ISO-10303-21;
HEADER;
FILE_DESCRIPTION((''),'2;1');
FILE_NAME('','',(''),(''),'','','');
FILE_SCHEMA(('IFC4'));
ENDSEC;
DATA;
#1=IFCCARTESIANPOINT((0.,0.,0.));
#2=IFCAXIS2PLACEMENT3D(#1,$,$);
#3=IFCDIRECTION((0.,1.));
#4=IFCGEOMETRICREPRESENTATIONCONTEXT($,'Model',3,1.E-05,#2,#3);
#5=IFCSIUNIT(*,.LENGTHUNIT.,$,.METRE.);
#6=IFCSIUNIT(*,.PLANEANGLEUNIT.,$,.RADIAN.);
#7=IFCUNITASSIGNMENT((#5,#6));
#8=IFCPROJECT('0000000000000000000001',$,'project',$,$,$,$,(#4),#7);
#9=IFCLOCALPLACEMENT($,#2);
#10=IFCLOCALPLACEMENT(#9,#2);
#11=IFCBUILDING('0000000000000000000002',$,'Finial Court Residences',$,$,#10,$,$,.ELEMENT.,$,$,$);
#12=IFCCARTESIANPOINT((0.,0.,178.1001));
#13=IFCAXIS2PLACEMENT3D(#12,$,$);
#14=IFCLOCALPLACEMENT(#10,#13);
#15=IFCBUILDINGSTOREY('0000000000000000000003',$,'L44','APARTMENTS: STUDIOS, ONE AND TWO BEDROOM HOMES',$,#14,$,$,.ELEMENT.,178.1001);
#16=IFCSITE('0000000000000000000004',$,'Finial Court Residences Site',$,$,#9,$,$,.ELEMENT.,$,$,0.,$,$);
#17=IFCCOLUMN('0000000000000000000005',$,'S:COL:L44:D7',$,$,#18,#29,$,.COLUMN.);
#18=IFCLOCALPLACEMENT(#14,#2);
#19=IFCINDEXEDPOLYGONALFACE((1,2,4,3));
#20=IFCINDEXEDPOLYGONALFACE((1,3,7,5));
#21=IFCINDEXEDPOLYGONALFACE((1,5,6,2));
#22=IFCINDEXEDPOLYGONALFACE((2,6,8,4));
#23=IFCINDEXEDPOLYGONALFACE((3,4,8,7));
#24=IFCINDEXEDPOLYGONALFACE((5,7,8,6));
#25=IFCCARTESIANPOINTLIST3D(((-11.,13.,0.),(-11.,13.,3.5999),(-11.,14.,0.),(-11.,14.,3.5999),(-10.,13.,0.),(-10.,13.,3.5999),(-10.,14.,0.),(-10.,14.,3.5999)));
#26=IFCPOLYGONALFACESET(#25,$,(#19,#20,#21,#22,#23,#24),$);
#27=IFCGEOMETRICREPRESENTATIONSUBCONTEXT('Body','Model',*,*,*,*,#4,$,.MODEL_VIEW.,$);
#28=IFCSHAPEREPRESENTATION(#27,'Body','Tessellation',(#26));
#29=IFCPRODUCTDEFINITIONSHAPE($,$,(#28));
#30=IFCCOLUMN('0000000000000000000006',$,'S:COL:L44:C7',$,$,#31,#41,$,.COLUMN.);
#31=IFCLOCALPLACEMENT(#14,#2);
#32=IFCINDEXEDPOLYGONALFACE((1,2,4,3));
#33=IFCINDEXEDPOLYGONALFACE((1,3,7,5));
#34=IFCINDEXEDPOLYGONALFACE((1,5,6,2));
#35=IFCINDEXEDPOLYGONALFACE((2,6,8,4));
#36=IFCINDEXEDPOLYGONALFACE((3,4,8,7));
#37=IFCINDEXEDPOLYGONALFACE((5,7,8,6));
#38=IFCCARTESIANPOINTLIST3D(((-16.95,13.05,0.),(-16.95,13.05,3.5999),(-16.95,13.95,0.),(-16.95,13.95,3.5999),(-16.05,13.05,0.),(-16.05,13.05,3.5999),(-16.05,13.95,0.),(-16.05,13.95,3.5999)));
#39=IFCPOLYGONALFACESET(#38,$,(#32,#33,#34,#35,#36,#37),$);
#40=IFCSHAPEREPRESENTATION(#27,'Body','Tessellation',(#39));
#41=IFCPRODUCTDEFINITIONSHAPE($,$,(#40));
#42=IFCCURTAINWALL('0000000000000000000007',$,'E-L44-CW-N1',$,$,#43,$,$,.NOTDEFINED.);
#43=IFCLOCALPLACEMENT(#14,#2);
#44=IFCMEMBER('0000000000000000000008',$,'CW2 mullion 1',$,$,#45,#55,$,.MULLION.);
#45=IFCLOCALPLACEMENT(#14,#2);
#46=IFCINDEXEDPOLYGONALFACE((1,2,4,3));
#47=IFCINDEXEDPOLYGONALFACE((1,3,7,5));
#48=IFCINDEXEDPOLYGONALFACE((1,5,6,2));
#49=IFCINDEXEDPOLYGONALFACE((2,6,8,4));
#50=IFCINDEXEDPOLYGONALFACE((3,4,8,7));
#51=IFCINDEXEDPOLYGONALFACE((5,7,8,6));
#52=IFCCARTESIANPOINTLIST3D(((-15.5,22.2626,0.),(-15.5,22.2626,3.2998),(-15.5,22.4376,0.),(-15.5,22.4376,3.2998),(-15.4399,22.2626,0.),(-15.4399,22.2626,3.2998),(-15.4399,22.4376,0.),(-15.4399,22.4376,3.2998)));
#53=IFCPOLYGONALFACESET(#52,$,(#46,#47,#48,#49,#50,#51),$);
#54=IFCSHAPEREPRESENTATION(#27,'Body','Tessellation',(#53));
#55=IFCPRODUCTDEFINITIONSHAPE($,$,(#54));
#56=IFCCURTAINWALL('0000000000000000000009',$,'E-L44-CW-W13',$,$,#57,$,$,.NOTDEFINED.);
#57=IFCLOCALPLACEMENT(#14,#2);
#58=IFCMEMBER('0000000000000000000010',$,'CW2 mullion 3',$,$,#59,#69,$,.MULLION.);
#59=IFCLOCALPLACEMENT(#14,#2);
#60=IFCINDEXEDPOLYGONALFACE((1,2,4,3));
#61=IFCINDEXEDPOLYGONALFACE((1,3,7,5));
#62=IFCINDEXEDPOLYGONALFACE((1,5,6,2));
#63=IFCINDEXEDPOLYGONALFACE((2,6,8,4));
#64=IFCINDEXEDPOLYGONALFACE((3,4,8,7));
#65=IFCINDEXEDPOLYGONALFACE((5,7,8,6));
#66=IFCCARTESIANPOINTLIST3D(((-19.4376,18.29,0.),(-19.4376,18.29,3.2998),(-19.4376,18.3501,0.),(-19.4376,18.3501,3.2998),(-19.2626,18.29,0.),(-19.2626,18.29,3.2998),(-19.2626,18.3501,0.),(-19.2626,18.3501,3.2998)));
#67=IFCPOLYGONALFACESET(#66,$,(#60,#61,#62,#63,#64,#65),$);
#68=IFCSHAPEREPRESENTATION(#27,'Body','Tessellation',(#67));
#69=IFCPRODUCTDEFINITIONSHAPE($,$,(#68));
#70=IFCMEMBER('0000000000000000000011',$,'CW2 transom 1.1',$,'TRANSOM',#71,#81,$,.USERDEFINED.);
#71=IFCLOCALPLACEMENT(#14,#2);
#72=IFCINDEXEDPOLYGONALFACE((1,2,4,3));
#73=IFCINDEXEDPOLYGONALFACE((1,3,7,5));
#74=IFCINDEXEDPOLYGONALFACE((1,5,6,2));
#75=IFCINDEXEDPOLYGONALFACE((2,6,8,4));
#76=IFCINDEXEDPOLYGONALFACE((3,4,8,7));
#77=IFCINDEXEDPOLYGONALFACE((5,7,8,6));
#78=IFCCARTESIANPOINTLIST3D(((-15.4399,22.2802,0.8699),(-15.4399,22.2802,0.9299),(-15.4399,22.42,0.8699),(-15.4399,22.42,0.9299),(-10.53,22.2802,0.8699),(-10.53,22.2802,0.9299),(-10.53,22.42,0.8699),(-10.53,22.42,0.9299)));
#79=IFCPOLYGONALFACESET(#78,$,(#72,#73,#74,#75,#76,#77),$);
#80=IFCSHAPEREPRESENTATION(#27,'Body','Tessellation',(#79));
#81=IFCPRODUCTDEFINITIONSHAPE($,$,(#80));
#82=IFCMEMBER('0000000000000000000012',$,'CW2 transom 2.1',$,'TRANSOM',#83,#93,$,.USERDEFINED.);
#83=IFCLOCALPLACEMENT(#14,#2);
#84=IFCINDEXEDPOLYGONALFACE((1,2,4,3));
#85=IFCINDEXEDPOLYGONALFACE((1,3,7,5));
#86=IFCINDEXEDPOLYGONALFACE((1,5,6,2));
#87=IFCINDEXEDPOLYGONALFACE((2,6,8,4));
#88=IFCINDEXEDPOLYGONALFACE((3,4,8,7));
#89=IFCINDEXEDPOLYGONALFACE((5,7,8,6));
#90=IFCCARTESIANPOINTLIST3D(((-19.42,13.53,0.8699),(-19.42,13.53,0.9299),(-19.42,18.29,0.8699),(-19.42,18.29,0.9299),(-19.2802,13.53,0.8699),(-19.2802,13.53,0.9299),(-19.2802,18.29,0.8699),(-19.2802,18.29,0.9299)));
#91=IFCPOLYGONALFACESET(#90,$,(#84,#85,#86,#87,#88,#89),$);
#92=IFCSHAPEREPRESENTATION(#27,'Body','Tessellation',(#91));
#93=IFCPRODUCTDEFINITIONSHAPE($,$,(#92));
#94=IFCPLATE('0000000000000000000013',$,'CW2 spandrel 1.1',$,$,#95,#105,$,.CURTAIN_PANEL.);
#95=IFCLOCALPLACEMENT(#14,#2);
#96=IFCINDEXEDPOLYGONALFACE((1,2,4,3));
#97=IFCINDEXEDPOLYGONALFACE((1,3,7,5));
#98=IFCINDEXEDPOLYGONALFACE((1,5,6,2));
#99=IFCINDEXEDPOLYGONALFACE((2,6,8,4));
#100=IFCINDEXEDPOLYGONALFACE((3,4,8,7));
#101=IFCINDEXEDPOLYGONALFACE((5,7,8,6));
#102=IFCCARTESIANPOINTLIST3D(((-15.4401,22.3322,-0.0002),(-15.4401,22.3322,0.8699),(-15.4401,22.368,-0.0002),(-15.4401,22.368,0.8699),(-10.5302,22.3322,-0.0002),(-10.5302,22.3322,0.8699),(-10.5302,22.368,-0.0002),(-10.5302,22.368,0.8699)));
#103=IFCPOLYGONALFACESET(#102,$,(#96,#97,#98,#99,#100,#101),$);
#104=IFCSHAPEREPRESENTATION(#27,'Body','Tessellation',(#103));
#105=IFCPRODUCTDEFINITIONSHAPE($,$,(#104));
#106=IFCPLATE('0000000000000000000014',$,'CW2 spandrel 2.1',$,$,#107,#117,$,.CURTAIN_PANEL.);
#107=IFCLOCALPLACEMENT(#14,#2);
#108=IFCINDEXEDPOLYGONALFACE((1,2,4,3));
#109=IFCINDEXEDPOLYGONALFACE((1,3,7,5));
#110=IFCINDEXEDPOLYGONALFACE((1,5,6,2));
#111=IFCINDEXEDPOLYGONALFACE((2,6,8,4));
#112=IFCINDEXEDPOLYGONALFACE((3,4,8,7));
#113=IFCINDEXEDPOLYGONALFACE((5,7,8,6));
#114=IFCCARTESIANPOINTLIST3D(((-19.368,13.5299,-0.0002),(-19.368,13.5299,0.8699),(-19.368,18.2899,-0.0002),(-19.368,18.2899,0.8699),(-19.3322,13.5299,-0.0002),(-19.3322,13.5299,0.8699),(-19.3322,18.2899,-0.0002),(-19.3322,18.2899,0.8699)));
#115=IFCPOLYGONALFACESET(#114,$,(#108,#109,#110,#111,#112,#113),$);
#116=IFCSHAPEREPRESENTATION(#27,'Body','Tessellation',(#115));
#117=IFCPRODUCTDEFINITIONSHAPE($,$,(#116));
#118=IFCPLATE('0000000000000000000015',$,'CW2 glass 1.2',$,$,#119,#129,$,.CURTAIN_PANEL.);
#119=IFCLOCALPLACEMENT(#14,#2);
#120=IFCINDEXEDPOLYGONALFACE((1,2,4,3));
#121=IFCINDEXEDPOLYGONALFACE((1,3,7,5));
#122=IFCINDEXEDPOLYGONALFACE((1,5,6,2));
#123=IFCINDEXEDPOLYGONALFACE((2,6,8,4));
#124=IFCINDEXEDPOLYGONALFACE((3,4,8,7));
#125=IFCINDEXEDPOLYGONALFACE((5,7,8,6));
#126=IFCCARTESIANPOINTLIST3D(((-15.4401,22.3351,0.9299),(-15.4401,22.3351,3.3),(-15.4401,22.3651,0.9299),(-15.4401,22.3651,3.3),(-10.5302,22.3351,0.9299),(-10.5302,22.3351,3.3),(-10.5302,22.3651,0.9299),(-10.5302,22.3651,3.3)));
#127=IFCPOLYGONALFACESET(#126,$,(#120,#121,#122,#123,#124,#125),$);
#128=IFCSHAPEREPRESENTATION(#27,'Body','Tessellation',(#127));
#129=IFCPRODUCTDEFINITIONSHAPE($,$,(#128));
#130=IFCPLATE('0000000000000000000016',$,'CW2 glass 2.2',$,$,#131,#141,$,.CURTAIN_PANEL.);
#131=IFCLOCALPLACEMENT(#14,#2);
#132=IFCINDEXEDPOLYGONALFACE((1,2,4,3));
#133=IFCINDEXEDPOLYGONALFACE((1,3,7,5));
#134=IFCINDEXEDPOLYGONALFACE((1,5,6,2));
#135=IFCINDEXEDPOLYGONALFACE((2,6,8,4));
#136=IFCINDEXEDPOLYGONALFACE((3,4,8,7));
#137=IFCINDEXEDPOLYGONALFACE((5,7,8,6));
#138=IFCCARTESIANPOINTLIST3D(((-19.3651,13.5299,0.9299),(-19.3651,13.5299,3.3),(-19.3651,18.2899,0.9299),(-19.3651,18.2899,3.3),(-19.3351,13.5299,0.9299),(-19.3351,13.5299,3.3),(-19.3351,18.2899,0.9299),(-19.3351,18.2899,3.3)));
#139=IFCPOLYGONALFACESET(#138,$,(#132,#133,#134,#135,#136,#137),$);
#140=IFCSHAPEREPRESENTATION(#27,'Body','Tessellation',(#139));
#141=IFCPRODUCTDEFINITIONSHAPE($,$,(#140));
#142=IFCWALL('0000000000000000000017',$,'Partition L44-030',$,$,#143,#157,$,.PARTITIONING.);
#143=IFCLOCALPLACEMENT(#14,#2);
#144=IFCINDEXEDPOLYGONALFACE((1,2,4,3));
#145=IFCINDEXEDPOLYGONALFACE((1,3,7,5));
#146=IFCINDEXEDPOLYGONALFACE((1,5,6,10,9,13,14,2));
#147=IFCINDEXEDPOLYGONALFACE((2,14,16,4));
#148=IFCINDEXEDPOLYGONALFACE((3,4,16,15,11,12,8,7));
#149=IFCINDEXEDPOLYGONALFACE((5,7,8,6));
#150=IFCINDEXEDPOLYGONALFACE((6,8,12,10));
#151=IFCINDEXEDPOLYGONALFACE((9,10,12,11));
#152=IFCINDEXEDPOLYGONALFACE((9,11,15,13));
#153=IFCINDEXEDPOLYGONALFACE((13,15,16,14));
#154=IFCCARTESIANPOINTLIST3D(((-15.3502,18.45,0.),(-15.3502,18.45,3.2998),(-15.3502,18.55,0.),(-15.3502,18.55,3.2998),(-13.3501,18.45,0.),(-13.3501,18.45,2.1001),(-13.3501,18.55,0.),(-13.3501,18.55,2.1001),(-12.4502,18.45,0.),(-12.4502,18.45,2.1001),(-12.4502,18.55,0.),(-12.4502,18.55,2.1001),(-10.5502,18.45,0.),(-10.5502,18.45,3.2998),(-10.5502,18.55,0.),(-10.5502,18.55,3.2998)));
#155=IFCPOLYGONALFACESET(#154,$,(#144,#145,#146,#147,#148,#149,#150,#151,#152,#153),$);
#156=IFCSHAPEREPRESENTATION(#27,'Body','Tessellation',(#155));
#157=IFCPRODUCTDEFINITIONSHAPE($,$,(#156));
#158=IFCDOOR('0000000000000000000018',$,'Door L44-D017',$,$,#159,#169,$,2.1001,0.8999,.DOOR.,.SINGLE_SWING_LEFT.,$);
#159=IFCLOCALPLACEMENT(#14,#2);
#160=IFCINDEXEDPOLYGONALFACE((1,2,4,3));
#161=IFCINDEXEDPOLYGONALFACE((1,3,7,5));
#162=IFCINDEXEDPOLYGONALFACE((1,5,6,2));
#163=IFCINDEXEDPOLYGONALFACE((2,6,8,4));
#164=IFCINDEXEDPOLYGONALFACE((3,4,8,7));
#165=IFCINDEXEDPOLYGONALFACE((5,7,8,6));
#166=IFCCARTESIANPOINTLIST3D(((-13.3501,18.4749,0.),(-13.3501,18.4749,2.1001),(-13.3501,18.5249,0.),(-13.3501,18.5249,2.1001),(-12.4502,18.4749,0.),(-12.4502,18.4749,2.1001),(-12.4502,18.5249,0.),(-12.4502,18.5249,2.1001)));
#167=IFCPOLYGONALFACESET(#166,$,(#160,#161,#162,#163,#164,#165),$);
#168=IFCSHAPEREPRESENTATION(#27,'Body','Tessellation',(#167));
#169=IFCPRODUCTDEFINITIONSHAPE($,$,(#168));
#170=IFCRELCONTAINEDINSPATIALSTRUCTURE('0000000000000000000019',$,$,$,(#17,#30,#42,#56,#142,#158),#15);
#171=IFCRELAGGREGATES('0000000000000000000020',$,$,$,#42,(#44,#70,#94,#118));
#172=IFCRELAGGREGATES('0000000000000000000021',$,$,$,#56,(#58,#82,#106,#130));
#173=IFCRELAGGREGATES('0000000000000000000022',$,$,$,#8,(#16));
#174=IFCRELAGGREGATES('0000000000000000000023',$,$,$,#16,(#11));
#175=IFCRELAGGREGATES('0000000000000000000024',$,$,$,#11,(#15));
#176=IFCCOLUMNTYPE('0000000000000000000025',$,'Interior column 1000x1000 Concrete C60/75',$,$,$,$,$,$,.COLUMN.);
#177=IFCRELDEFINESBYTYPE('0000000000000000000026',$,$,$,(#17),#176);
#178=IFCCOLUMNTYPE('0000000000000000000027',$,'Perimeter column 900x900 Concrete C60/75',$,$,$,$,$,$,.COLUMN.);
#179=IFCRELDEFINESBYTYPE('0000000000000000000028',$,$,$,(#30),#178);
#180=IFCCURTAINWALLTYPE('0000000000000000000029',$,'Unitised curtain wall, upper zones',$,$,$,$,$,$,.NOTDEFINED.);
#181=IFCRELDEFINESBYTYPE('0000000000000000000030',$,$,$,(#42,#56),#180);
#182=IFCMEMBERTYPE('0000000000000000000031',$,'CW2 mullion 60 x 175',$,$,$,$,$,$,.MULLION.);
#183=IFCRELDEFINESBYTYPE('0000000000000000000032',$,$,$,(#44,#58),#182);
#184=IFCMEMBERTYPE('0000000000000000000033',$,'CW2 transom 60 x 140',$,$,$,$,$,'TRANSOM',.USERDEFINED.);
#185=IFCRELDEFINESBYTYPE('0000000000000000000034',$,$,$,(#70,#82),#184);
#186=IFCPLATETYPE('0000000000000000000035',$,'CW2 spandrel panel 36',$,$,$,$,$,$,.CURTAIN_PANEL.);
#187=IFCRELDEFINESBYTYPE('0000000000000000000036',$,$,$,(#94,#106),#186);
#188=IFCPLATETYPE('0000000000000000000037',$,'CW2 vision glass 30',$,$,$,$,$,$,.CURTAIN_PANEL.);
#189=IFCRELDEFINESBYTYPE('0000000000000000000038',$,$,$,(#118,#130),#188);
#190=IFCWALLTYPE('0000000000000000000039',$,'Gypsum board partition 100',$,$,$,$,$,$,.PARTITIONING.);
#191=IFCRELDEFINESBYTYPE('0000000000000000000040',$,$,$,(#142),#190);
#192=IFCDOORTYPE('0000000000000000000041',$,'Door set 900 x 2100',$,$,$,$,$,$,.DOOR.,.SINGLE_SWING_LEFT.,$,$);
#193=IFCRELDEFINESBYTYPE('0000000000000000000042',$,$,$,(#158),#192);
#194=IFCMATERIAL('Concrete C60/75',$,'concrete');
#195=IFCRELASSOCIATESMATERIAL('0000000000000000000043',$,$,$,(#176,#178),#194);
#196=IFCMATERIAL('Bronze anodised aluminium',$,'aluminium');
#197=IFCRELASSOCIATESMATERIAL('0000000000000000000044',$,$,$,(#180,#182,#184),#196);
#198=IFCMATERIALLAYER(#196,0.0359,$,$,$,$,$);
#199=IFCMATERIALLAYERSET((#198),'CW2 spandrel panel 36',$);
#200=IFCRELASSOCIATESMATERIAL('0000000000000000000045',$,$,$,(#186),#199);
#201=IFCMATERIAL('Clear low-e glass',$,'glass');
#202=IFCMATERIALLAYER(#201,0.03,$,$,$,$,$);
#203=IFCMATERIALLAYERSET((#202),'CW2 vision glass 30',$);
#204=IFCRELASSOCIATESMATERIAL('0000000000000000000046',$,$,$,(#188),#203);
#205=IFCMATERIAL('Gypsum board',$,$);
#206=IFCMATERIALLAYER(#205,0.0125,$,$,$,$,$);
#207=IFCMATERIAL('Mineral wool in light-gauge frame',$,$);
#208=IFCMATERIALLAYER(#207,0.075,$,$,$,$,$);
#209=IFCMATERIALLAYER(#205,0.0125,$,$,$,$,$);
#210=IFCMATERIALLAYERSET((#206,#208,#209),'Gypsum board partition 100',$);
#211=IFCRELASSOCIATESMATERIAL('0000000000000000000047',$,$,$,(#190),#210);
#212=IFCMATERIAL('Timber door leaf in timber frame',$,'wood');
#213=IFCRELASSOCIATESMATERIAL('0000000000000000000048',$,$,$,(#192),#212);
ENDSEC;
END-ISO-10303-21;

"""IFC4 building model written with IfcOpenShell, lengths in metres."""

from ifc_helpers import new_model, si_unit, direction, frame, frame_2d, origin, origin_2d, place, context, subcontext, project, spatial, rectangle, extrude, material, layer, layer_set, material_profile, profile_set, type_object, element, fill, aggregate, save


model = new_model("IFC4")

# Units and contexts
model_context = context("Model", 3, precision=1e-05, world=origin(), true_north=direction((0.0, 1.0)))
body_context = subcontext(model_context, "Body", "Model", "MODEL_VIEW")
ifc_project = project(units=[si_unit("LENGTHUNIT", "METRE"), si_unit("PLANEANGLEUNIT", "RADIAN")], contexts=[model_context])

# Site, building, storey
site_placement = place(None, origin())
site = spatial("IfcSite", under=ifc_project, at=site_placement, Name="Finial Court Residences Site", CompositionType="ELEMENT", RefElevation=0.0)
building_placement = place(site_placement, origin())
building = spatial("IfcBuilding", under=site, at=building_placement, Name="Finial Court Residences", CompositionType="ELEMENT")
storey_placement = place(building_placement, frame((0.0, 0.0, 178.1001)))
storey = spatial("IfcBuildingStorey", under=building, at=storey_placement, Name="L44", Description="APARTMENTS: STUDIOS, ONE AND TWO BEDROOM HOMES", CompositionType="ELEMENT", Elevation=178.1001)

# Columns
ifc_material_1 = material(Name="Concrete C60/75", Category="concrete")
ifc_material_profile_1 = material_profile(ifc_material_1, rectangle(XDim=1.0, YDim=1.0, at=origin_2d()), Name="1000x1000")
ifc_profile_set_1 = profile_set([ifc_material_profile_1], Name="Concrete C60/75")
column_type_1 = type_object("IfcColumnType", Name="Interior column 1000x1000 Concrete C60/75", PredefinedType="COLUMN", material=ifc_profile_set_1)
column_1_placement = place(storey_placement, frame((-10.5, 13.5, 0.0), z_axis=(0.0, 0.0, 1.0), x_axis=(1.0, 0.0, 0.0)))
element("IfcColumn", 1, at=column_1_placement, inside=storey, type_object=column_type_1, Name="S:COL:L44:D7", PredefinedType="COLUMN", context=body_context, shape_type="SweptSolid", body=[
    extrude(rectangle(XDim=1.0, YDim=1.0, at=origin_2d()), origin(), (0.0, 0.0, 1.0), 3.5999),
])
ifc_material_profile_2 = material_profile(ifc_material_1, rectangle(XDim=0.8999, YDim=0.8999, at=origin_2d()), Name="900x900")
ifc_profile_set_2 = profile_set([ifc_material_profile_2], Name="Concrete C60/75")
column_type_2 = type_object("IfcColumnType", Name="Perimeter column 900x900 Concrete C60/75", PredefinedType="COLUMN", material=ifc_profile_set_2)
column_2_placement = place(storey_placement, frame((-16.5, 13.5, 0.0), z_axis=(0.0, 0.0, 1.0), x_axis=(1.0, 0.0, 0.0)))
element("IfcColumn", 2, at=column_2_placement, inside=storey, type_object=column_type_2, Name="S:COL:L44:C7", PredefinedType="COLUMN", context=body_context, shape_type="SweptSolid", body=[
    extrude(rectangle(XDim=0.8999, YDim=0.8999, at=origin_2d()), origin(), (0.0, 0.0, 1.0), 3.5999),
])

# Curtain walls, members
ifc_material_2 = material(Name="Bronze anodised aluminium", Category="aluminium")
curtain_wall_type = type_object("IfcCurtainWallType", Name="Unitised curtain wall, upper zones", PredefinedType="NOTDEFINED", material=ifc_material_2)
curtain_wall_1_placement = place(storey_placement, origin())
curtain_wall_1 = element("IfcCurtainWall", 3, at=curtain_wall_1_placement, inside=storey, type_object=curtain_wall_type, Name="E-L44-CW-N1", PredefinedType="NOTDEFINED")
ifc_material_profile_3 = material_profile(ifc_material_2, rectangle(XDim=0.175, YDim=0.0601, at=origin_2d()), Name="CW2 mullion 60 x 175")
ifc_profile_set_3 = profile_set([ifc_material_profile_3], Name="Bronze anodised aluminium")
member_type_1 = type_object("IfcMemberType", Name="CW2 mullion 60 x 175", PredefinedType="MULLION", material=ifc_profile_set_3)
member_1_placement = place(storey_placement, frame((-15.47, 22.3501, 0.0), z_axis=(0.0, 0.0, 1.0), x_axis=(0.0, 1.0, 0.0)))
member_1 = element("IfcMember", 4, at=member_1_placement, type_object=member_type_1, Name="CW2 mullion 1", PredefinedType="MULLION", context=body_context, shape_type="SweptSolid", body=[
    extrude(rectangle(XDim=0.175, YDim=0.0601, at=origin_2d()), origin(), (0.0, 0.0, 1.0), 3.2998),
])
curtain_wall_2_placement = place(storey_placement, origin())
curtain_wall_2 = element("IfcCurtainWall", 5, at=curtain_wall_2_placement, inside=storey, type_object=curtain_wall_type, Name="E-L44-CW-W13", PredefinedType="NOTDEFINED")
member_2_placement = place(storey_placement, frame((-19.3501, 18.3201, 0.0), z_axis=(0.0, 0.0, 1.0), x_axis=(-1.0, 0.0, 0.0)))
member_2 = element("IfcMember", 6, at=member_2_placement, type_object=member_type_1, Name="CW2 mullion 3", PredefinedType="MULLION", context=body_context, shape_type="SweptSolid", body=[
    extrude(rectangle(XDim=0.175, YDim=0.0601, at=origin_2d()), origin(), (0.0, 0.0, 1.0), 3.2998),
])

# Members
ifc_material_profile_4 = material_profile(ifc_material_2, rectangle(XDim=0.1399, YDim=0.0601, at=origin_2d()), Name="CW2 transom 60 x 140")
ifc_profile_set_4 = profile_set([ifc_material_profile_4], Name="Bronze anodised aluminium")
member_type_2 = type_object("IfcMemberType", Name="CW2 transom 60 x 140", ElementType="TRANSOM", PredefinedType="USERDEFINED", material=ifc_profile_set_4)
member_3_placement = place(storey_placement, frame((-15.4399, 22.3501, 0.8999), z_axis=(1.0, 0.0, 0.0), x_axis=(0.0, 1.0, 0.0)))
member_3 = element("IfcMember", 7, at=member_3_placement, type_object=member_type_2, Name="CW2 transom 1.1", ObjectType="TRANSOM", PredefinedType="USERDEFINED", context=body_context, shape_type="SweptSolid", body=[
    extrude(rectangle(XDim=0.1399, YDim=0.0601, at=origin_2d()), origin(), (0.0, 0.0, 1.0), 4.9099),
])
member_4_placement = place(storey_placement, frame((-19.3501, 13.53, 0.8999), z_axis=(0.0, 1.0, 0.0), x_axis=(-1.0, 0.0, 0.0)))
member_4 = element("IfcMember", 8, at=member_4_placement, type_object=member_type_2, Name="CW2 transom 2.1", ObjectType="TRANSOM", PredefinedType="USERDEFINED", context=body_context, shape_type="SweptSolid", body=[
    extrude(rectangle(XDim=0.1399, YDim=0.0601, at=origin_2d()), origin(), (0.0, 0.0, 1.0), 4.76),
])

# Plates
ifc_layer_1 = layer(ifc_material_2, 0.0359)
ifc_layer_set_1 = layer_set([ifc_layer_1], Name="CW2 spandrel panel 36")
plate_type_1 = type_object("IfcPlateType", Name="CW2 spandrel panel 36", PredefinedType="CURTAIN_PANEL", material=ifc_layer_set_1)
plate_1_placement = place(storey_placement, frame((-12.9851, 22.3501, -0.0002), z_axis=(0.0, 0.0, 1.0), x_axis=(1.0, 0.0, 0.0)))
plate_1 = element("IfcPlate", 9, at=plate_1_placement, type_object=plate_type_1, Name="CW2 spandrel 1.1", PredefinedType="CURTAIN_PANEL", context=body_context, shape_type="SweptSolid", body=[
    extrude(rectangle(XDim=4.9099, YDim=0.0359, at=origin_2d()), origin(), (0.0, 0.0, 1.0), 0.8701),
])
plate_2_placement = place(storey_placement, frame((-19.3501, 15.9099, -0.0002), z_axis=(0.0, 0.0, 1.0), x_axis=(0.0, 1.0, 0.0)))
plate_2 = element("IfcPlate", 10, at=plate_2_placement, type_object=plate_type_1, Name="CW2 spandrel 2.1", PredefinedType="CURTAIN_PANEL", context=body_context, shape_type="SweptSolid", body=[
    extrude(rectangle(XDim=4.76, YDim=0.0359, at=origin_2d()), origin(), (0.0, 0.0, 1.0), 0.8701),
])
ifc_material_3 = material(Name="Clear low-e glass", Category="glass")
ifc_layer_2 = layer(ifc_material_3, 0.03)
ifc_layer_set_2 = layer_set([ifc_layer_2], Name="CW2 vision glass 30")
plate_type_2 = type_object("IfcPlateType", Name="CW2 vision glass 30", PredefinedType="CURTAIN_PANEL", material=ifc_layer_set_2)
plate_3_placement = place(storey_placement, frame((-12.9851, 22.3501, 0.9299), z_axis=(0.0, 0.0, 1.0), x_axis=(1.0, 0.0, 0.0)))
plate_3 = element("IfcPlate", 11, at=plate_3_placement, type_object=plate_type_2, Name="CW2 glass 1.2", PredefinedType="CURTAIN_PANEL", context=body_context, shape_type="SweptSolid", body=[
    extrude(rectangle(XDim=4.9099, YDim=0.03, at=origin_2d()), origin(), (0.0, 0.0, 1.0), 2.3701),
])
aggregate(curtain_wall_1, [member_1, member_3, plate_1, plate_3])
plate_4_placement = place(storey_placement, frame((-19.3501, 15.9099, 0.9299), z_axis=(0.0, 0.0, 1.0), x_axis=(0.0, 1.0, 0.0)))
plate_4 = element("IfcPlate", 12, at=plate_4_placement, type_object=plate_type_2, Name="CW2 glass 2.2", PredefinedType="CURTAIN_PANEL", context=body_context, shape_type="SweptSolid", body=[
    extrude(rectangle(XDim=4.76, YDim=0.03, at=origin_2d()), origin(), (0.0, 0.0, 1.0), 2.3701),
])
aggregate(curtain_wall_2, [member_2, member_4, plate_2, plate_4])

# Wall, opening, door
ifc_material_4 = material(Name="Gypsum board")
ifc_layer_3 = layer(ifc_material_4, 0.0125)
ifc_material_5 = material(Name="Mineral wool in light-gauge frame")
ifc_layer_4 = layer(ifc_material_5, 0.075)
ifc_layer_5 = layer(ifc_material_4, 0.0125)
ifc_layer_set_3 = layer_set([ifc_layer_3, ifc_layer_4, ifc_layer_5], Name="Gypsum board partition 100")
wall_type_1 = type_object("IfcWallType", Name="Gypsum board partition 100", PredefinedType="PARTITIONING", material=ifc_layer_set_3)
wall_1_placement = place(storey_placement, frame((-15.3501, 18.5, 0.0), z_axis=(0.0, 0.0, 1.0), x_axis=(1.0, 0.0, 0.0)))
wall_1 = element("IfcWall", 13, at=wall_1_placement, inside=storey, type_object=wall_type_1, Name="Partition L44-030", PredefinedType="PARTITIONING", context=body_context, shape_type="SweptSolid", body=[
    extrude(rectangle(XDim=4.8, YDim=0.1001, at=frame_2d((2.3999, 0.0))), origin(), (0.0, 0.0, 1.0), 3.2998),
])
opening_1_placement = place(wall_1_placement, frame((2.0, 0.0, 0.0)))
opening_1 = element("IfcOpeningElement", 14, at=opening_1_placement, cuts=wall_1, PredefinedType="OPENING", context=body_context, shape_type="SweptSolid", body=[
    extrude(rectangle(XDim=0.8999, YDim=2.1001, at=frame_2d((0.45, 1.05))), frame((0.0, 0.0601, 0.0), z_axis=(0.0, -1.0, 0.0), x_axis=(1.0, 0.0, 0.0)), (0.0, 0.0, 1.0), 0.1201),
])
ifc_material_6 = material(Name="Timber door leaf in timber frame", Category="wood")
door_type = type_object("IfcDoorType", Name="Door set 900 x 2100", OperationType="SINGLE_SWING_LEFT", PredefinedType="DOOR", material=ifc_material_6)
door_1_placement = place(opening_1_placement, origin())
door_1 = element("IfcDoor", 15, at=door_1_placement, inside=storey, type_object=door_type, Name="Door L44-D017", OperationType="SINGLE_SWING_LEFT", OverallHeight=2.1001, OverallWidth=0.8999, PredefinedType="DOOR", context=body_context, shape_type="SweptSolid", body=[
    extrude(rectangle(XDim=0.8999, YDim=2.1001, at=frame_2d((0.45, 1.05))), frame((0.0, 0.0249, 0.0), z_axis=(0.0, -1.0, 0.0), x_axis=(1.0, 0.0, 0.0)), (0.0, 0.0, 1.0), 0.05),
])
fill(opening_1, door_1)

save(model, "model.ifc")
